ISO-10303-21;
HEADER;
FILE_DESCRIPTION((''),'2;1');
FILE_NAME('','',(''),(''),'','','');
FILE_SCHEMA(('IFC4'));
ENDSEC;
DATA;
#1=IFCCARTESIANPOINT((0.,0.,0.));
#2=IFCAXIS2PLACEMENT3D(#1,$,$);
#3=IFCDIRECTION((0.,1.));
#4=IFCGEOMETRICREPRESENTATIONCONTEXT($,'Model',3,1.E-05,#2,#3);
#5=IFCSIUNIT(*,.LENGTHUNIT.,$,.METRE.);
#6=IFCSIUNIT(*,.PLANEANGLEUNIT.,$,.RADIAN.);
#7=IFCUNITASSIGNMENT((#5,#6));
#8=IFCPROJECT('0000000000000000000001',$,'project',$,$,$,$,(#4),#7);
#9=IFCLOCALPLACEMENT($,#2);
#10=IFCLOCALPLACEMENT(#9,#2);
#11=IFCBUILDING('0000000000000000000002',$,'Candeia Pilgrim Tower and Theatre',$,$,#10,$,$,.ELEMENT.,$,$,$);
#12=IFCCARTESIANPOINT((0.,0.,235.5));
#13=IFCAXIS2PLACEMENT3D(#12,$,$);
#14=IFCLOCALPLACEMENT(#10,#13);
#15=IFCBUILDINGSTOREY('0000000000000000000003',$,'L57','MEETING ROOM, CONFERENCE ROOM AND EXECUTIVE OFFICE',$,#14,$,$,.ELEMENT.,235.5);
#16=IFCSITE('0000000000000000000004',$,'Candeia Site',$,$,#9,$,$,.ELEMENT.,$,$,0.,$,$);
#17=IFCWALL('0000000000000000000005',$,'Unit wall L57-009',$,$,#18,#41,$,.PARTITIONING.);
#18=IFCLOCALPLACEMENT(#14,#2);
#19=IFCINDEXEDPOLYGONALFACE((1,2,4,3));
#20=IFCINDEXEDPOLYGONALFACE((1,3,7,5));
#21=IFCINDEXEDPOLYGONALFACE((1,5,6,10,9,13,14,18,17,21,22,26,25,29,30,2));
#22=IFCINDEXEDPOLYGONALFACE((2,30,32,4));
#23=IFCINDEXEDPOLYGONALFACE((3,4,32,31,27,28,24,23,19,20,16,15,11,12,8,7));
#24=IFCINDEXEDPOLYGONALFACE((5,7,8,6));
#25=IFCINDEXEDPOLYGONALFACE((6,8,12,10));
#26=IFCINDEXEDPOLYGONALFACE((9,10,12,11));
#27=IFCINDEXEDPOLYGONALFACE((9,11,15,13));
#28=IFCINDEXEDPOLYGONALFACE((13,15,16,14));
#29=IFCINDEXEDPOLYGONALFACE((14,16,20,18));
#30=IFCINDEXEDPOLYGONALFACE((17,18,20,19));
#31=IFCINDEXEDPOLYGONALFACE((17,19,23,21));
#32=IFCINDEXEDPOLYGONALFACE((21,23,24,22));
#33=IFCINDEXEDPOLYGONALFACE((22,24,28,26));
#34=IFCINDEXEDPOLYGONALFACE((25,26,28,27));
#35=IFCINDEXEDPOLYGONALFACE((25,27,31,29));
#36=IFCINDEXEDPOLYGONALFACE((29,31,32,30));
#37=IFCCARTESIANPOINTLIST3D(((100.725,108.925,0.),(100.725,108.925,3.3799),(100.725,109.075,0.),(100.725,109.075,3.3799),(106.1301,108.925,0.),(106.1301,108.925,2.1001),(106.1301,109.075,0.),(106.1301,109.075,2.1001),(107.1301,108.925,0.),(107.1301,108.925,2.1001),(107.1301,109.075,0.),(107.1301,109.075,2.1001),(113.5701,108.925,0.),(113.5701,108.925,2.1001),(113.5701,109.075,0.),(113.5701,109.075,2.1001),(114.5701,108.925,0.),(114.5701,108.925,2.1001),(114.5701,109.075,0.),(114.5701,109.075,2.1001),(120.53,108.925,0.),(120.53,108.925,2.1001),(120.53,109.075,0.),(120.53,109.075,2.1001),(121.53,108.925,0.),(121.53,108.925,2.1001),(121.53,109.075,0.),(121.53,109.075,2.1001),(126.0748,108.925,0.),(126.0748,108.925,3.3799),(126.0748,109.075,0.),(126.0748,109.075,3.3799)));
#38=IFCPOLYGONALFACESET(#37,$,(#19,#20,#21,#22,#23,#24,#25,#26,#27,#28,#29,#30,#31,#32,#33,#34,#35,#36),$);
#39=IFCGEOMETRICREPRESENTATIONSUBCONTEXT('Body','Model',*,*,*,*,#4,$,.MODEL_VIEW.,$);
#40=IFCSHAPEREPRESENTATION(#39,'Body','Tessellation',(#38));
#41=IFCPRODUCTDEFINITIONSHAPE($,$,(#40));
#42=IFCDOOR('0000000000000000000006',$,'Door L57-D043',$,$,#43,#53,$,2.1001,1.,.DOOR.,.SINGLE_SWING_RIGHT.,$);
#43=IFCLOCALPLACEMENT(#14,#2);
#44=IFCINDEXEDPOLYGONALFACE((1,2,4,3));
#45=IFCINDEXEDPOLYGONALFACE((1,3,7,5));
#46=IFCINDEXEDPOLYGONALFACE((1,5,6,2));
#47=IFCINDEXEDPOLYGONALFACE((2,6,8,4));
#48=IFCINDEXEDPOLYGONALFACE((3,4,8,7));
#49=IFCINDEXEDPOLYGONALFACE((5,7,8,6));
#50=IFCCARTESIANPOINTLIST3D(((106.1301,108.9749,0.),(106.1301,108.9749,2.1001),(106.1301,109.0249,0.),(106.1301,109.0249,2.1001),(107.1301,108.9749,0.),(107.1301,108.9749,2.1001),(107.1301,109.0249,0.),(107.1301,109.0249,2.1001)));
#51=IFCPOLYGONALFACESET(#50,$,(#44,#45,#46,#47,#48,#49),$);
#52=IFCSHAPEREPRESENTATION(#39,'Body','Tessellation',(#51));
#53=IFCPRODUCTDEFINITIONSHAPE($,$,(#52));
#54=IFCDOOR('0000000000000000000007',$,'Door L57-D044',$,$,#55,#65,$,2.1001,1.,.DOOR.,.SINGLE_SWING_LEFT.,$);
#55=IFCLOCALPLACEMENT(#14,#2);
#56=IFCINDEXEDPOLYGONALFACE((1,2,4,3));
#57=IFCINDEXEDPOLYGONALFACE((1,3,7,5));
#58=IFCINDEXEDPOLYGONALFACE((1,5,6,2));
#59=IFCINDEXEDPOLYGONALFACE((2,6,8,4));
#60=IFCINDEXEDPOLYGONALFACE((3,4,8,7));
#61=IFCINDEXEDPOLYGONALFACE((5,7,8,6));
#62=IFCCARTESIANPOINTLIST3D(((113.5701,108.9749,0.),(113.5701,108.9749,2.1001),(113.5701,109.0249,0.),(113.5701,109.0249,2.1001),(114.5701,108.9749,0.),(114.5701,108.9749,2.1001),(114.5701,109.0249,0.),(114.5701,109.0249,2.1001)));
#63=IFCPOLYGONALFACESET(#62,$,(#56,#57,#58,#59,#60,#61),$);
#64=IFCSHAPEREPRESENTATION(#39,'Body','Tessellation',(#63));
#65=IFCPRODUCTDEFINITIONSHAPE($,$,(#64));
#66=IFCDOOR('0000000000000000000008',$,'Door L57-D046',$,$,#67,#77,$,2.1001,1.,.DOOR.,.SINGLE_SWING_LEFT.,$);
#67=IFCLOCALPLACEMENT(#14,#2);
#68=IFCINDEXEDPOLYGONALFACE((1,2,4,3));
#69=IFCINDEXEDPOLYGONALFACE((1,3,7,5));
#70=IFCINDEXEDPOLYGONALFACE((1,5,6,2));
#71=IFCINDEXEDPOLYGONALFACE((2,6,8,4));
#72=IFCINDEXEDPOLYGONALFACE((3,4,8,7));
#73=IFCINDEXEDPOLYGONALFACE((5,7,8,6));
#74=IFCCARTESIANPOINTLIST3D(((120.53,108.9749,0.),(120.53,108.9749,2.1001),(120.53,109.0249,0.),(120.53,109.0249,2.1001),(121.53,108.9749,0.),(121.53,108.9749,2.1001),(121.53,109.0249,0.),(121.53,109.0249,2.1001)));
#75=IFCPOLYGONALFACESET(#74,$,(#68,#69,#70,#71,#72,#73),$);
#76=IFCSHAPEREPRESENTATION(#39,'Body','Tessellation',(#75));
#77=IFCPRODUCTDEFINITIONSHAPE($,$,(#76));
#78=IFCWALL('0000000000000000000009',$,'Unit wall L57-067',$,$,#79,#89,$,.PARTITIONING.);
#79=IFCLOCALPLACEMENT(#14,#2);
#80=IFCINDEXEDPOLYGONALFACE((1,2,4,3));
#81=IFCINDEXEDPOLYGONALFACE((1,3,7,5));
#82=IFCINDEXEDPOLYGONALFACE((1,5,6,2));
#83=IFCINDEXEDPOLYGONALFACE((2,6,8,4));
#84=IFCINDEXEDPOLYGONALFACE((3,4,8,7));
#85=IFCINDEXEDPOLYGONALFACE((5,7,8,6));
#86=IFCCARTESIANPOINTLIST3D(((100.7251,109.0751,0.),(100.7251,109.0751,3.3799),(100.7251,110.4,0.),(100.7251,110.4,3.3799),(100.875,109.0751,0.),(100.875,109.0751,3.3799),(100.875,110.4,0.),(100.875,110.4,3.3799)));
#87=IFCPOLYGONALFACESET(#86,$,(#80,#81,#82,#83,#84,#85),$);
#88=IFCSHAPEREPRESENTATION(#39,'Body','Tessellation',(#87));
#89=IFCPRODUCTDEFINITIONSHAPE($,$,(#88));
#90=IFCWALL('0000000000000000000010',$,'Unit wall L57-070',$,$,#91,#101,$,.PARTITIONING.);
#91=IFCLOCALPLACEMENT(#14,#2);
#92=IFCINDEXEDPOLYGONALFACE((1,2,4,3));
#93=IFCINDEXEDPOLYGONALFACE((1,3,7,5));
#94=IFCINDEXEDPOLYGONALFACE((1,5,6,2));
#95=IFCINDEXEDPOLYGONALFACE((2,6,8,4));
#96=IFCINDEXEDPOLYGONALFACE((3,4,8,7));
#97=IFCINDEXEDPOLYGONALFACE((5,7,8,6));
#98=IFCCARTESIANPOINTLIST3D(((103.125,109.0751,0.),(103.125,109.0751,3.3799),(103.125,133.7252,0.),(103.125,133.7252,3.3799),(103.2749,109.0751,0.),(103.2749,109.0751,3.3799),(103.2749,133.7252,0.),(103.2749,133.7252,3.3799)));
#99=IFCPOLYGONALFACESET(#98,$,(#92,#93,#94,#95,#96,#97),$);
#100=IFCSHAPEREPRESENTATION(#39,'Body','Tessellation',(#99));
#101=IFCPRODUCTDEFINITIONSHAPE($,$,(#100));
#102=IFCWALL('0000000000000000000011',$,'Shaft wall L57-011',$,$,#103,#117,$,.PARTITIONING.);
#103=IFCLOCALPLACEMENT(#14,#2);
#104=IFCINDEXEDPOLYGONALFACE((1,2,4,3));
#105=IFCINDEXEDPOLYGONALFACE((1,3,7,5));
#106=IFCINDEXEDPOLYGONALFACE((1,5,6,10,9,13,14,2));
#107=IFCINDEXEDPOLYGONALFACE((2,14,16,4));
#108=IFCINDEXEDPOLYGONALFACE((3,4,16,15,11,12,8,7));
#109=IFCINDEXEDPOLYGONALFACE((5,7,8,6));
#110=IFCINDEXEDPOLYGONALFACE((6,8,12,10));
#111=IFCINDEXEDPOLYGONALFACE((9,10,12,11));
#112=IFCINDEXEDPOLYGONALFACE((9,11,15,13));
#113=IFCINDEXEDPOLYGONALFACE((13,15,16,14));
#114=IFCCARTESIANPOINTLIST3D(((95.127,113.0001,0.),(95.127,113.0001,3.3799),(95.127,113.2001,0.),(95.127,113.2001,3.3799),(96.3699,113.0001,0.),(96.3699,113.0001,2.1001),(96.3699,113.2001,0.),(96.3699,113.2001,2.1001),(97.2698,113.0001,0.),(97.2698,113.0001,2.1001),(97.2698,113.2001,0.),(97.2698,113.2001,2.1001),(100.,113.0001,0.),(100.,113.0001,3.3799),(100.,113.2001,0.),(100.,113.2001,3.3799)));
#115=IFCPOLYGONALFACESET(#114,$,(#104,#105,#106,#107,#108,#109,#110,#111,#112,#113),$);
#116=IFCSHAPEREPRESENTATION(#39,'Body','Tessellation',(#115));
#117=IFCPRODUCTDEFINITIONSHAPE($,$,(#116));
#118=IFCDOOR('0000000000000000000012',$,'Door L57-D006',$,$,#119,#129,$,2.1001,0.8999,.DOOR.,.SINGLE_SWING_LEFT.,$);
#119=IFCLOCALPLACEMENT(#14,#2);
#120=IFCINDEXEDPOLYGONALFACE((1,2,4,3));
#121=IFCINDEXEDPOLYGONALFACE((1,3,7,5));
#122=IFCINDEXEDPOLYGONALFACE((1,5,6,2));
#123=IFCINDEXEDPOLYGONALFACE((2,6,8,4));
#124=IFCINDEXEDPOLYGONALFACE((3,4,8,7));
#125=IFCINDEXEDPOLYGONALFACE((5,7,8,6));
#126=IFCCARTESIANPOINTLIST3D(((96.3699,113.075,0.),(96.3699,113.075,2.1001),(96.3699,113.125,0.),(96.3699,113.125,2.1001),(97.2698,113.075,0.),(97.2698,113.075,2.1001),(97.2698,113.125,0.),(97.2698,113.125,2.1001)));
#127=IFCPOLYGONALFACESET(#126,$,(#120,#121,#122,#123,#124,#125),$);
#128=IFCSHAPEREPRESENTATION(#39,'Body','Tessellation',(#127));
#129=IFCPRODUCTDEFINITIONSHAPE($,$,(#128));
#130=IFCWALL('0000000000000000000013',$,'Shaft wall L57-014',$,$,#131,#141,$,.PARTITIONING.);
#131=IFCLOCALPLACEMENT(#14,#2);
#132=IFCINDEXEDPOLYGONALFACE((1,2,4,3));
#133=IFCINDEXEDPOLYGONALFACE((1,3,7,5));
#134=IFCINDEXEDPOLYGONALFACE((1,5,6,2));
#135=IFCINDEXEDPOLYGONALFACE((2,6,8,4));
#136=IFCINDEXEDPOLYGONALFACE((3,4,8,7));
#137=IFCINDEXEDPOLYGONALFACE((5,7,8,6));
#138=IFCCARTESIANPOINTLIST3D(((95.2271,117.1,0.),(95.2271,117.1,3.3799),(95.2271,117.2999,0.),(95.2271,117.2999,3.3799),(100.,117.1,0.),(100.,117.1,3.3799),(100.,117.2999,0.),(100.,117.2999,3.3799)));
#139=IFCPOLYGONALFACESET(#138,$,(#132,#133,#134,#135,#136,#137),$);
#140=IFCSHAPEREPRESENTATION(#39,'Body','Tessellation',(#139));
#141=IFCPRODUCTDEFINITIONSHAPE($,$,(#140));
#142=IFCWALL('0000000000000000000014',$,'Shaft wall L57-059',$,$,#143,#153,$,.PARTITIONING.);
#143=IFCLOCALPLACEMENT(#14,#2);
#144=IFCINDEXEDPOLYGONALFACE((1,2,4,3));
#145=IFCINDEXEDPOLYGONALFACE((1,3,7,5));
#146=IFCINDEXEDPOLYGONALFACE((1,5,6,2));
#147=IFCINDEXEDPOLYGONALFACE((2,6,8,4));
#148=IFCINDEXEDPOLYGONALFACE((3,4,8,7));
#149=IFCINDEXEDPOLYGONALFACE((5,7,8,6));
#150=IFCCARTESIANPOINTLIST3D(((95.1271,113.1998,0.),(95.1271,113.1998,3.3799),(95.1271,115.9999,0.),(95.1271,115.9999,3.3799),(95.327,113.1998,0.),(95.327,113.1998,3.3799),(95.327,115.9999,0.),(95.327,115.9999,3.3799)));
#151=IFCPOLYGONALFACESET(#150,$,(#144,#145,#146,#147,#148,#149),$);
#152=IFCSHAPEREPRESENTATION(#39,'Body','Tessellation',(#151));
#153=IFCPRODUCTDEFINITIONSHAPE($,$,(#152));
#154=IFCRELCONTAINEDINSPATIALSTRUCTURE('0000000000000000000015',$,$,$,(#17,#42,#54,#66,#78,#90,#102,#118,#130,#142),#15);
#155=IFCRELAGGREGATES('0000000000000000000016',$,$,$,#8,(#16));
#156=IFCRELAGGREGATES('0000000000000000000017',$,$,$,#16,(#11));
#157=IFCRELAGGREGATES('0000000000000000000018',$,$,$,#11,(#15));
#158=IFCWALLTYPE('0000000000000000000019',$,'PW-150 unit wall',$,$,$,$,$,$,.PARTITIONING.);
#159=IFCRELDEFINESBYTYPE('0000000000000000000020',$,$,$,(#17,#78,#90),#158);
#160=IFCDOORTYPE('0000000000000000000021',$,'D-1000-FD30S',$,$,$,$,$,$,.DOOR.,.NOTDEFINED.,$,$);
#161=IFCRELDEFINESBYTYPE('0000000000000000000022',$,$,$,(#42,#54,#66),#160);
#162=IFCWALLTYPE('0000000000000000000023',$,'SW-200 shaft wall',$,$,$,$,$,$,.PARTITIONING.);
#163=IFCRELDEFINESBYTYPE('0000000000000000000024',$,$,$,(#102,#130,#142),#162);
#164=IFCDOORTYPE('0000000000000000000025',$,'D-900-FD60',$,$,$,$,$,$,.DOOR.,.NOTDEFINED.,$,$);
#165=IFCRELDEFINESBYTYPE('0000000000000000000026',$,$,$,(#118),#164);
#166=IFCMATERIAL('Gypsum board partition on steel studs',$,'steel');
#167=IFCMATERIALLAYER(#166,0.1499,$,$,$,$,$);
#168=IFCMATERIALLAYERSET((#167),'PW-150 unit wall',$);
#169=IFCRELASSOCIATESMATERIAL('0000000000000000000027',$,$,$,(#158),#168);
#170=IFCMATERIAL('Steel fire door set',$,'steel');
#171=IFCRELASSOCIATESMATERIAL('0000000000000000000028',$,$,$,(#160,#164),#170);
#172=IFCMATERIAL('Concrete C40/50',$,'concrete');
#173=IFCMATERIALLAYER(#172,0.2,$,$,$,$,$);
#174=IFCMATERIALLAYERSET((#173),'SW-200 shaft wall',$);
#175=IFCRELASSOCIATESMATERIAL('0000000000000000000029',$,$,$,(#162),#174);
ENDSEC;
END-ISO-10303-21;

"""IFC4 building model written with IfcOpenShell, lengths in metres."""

from ifc_helpers import new_model, si_unit, direction, frame, frame_2d, origin, place, context, subcontext, project, spatial, rectangle, extrude, material, layer, layer_set, type_object, element, fill, save


model = new_model("IFC4")

# Units and contexts
model_context = context("Model", 3, precision=1e-05, world=origin(), true_north=direction((0.0, 1.0)))
body_context = subcontext(model_context, "Body", "Model", "MODEL_VIEW")
ifc_project = project(units=[si_unit("LENGTHUNIT", "METRE"), si_unit("PLANEANGLEUNIT", "RADIAN")], contexts=[model_context])

# Site, building, storey
site_placement = place(None, origin())
site = spatial("IfcSite", under=ifc_project, at=site_placement, Name="Candeia Site", CompositionType="ELEMENT", RefElevation=0.0)
building_placement = place(site_placement, origin())
building = spatial("IfcBuilding", under=site, at=building_placement, Name="Candeia Pilgrim Tower and Theatre", CompositionType="ELEMENT")
storey_placement = place(building_placement, frame((0.0, 0.0, 235.5)))
storey = spatial("IfcBuildingStorey", under=building, at=storey_placement, Name="L57", Description="MEETING ROOM, CONFERENCE ROOM AND EXECUTIVE OFFICE", CompositionType="ELEMENT", Elevation=235.5)

# Shared definitions
ifc_material_1 = material(Name="Steel fire door set", Category="steel")

# Shared definitions
ifc_material_2 = material(Name="Gypsum board partition on steel studs", Category="steel")

# Wall, openings, doors
ifc_layer_1 = layer(ifc_material_2, 0.1499)
ifc_layer_set_1 = layer_set([ifc_layer_1], Name="PW-150 unit wall")
wall_type_1 = type_object("IfcWallType", Name="PW-150 unit wall", PredefinedType="PARTITIONING", material=ifc_layer_set_1)
wall_1_placement = place(storey_placement, frame((100.7251, 109.0, 0.0), z_axis=(0.0, 0.0, 1.0), x_axis=(1.0, 0.0, 0.0)))
wall_1 = element("IfcWall", 1, at=wall_1_placement, inside=storey, type_object=wall_type_1, Name="Unit wall L57-009", PredefinedType="PARTITIONING", context=body_context, shape_type="SweptSolid", body=[
    extrude(rectangle(XDim=25.3499, YDim=0.1499, at=frame_2d((12.6748, 0.0))), origin(), (0.0, 0.0, 1.0), 3.3799),
])
opening_1_placement = place(wall_1_placement, frame((5.405, 0.0, 0.0)))
opening_1 = element("IfcOpeningElement", 2, at=opening_1_placement, cuts=wall_1, PredefinedType="OPENING", context=body_context, shape_type="SweptSolid", body=[
    extrude(rectangle(XDim=1.0, YDim=2.1001, at=frame_2d((0.5, 1.05))), frame((0.0, 0.085, 0.0), z_axis=(0.0, -1.0, 0.0), x_axis=(1.0, 0.0, 0.0)), (0.0, 0.0, 1.0), 0.1699),
])
opening_2_placement = place(wall_1_placement, frame((12.845, 0.0, 0.0)))
opening_2 = element("IfcOpeningElement", 3, at=opening_2_placement, cuts=wall_1, PredefinedType="OPENING", context=body_context, shape_type="SweptSolid", body=[
    extrude(rectangle(XDim=1.0, YDim=2.1001, at=frame_2d((0.5, 1.05))), frame((0.0, 0.085, 0.0), z_axis=(0.0, -1.0, 0.0), x_axis=(1.0, 0.0, 0.0)), (0.0, 0.0, 1.0), 0.1699),
])
opening_3_placement = place(wall_1_placement, frame((19.8049, 0.0, 0.0)))
opening_3 = element("IfcOpeningElement", 4, at=opening_3_placement, cuts=wall_1, PredefinedType="OPENING", context=body_context, shape_type="SweptSolid", body=[
    extrude(rectangle(XDim=1.0, YDim=2.1001, at=frame_2d((0.5, 1.05))), frame((0.0, 0.085, 0.0), z_axis=(0.0, -1.0, 0.0), x_axis=(1.0, 0.0, 0.0)), (0.0, 0.0, 1.0), 0.1699),
])
door_type_1 = type_object("IfcDoorType", Name="D-1000-FD30S", OperationType="NOTDEFINED", PredefinedType="DOOR", material=ifc_material_1)
door_1_placement = place(opening_1_placement, origin())
door_1 = element("IfcDoor", 5, at=door_1_placement, inside=storey, type_object=door_type_1, Name="Door L57-D043", OperationType="SINGLE_SWING_RIGHT", OverallHeight=2.1001, OverallWidth=1.0, PredefinedType="DOOR", context=body_context, shape_type="SweptSolid", body=[
    extrude(rectangle(XDim=1.0, YDim=2.1001, at=frame_2d((0.5, 1.05))), frame((0.0, 0.0249, 0.0), z_axis=(0.0, -1.0, 0.0), x_axis=(1.0, 0.0, 0.0)), (0.0, 0.0, 1.0), 0.05),
])
fill(opening_1, door_1)
door_2_placement = place(opening_2_placement, origin())
door_2 = element("IfcDoor", 6, at=door_2_placement, inside=storey, type_object=door_type_1, Name="Door L57-D044", OperationType="SINGLE_SWING_LEFT", OverallHeight=2.1001, OverallWidth=1.0, PredefinedType="DOOR", context=body_context, shape_type="SweptSolid", body=[
    extrude(rectangle(XDim=1.0, YDim=2.1001, at=frame_2d((0.5, 1.05))), frame((0.0, 0.0249, 0.0), z_axis=(0.0, -1.0, 0.0), x_axis=(1.0, 0.0, 0.0)), (0.0, 0.0, 1.0), 0.05),
])
fill(opening_2, door_2)
door_3_placement = place(opening_3_placement, origin())
door_3 = element("IfcDoor", 7, at=door_3_placement, inside=storey, type_object=door_type_1, Name="Door L57-D046", OperationType="SINGLE_SWING_LEFT", OverallHeight=2.1001, OverallWidth=1.0, PredefinedType="DOOR", context=body_context, shape_type="SweptSolid", body=[
    extrude(rectangle(XDim=1.0, YDim=2.1001, at=frame_2d((0.5, 1.05))), frame((0.0, 0.0249, 0.0), z_axis=(0.0, -1.0, 0.0), x_axis=(1.0, 0.0, 0.0)), (0.0, 0.0, 1.0), 0.05),
])
fill(opening_3, door_3)

# Walls
wall_2_placement = place(storey_placement, frame((100.8, 109.075, 0.0), z_axis=(0.0, 0.0, 1.0), x_axis=(0.0, 1.0, 0.0)))
element("IfcWall", 8, at=wall_2_placement, inside=storey, type_object=wall_type_1, Name="Unit wall L57-067", PredefinedType="PARTITIONING", context=body_context, shape_type="SweptSolid", body=[
    extrude(rectangle(XDim=1.325, YDim=0.1499, at=frame_2d((0.6626, 0.0))), origin(), (0.0, 0.0, 1.0), 3.3799),
])
wall_3_placement = place(storey_placement, frame((103.2, 109.075, 0.0), z_axis=(0.0, 0.0, 1.0), x_axis=(0.0, 1.0, 0.0)))
element("IfcWall", 9, at=wall_3_placement, inside=storey, type_object=wall_type_1, Name="Unit wall L57-070", PredefinedType="PARTITIONING", context=body_context, shape_type="SweptSolid", body=[
    extrude(rectangle(XDim=24.6501, YDim=0.1499, at=frame_2d((12.3252, 0.0))), origin(), (0.0, 0.0, 1.0), 3.3799),
])

# Wall, opening, door
ifc_material_3 = material(Name="Concrete C40/50", Category="concrete")
ifc_layer_2 = layer(ifc_material_3, 0.2)
ifc_layer_set_2 = layer_set([ifc_layer_2], Name="SW-200 shaft wall")
wall_type_2 = type_object("IfcWallType", Name="SW-200 shaft wall", PredefinedType="PARTITIONING", material=ifc_layer_set_2)
wall_4_placement = place(storey_placement, frame((95.127, 113.1001, 0.0), z_axis=(0.0, 0.0, 1.0), x_axis=(1.0, 0.0, 0.0)))
wall_4 = element("IfcWall", 10, at=wall_4_placement, inside=storey, type_object=wall_type_2, Name="Shaft wall L57-011", PredefinedType="PARTITIONING", context=body_context, shape_type="SweptSolid", body=[
    extrude(rectangle(XDim=4.873, YDim=0.2, at=frame_2d((2.4365, 0.0))), origin(), (0.0, 0.0, 1.0), 3.3799),
])
opening_4_placement = place(wall_4_placement, frame((1.2429, 0.0, 0.0)))
opening_4 = element("IfcOpeningElement", 11, at=opening_4_placement, cuts=wall_4, PredefinedType="OPENING", context=body_context, shape_type="SweptSolid", body=[
    extrude(rectangle(XDim=0.8999, YDim=2.1001, at=frame_2d((0.45, 1.05))), frame((0.0, 0.1099, 0.0), z_axis=(0.0, -1.0, 0.0), x_axis=(1.0, 0.0, 0.0)), (0.0, 0.0, 1.0), 0.22),
])
door_type_2 = type_object("IfcDoorType", Name="D-900-FD60", OperationType="NOTDEFINED", PredefinedType="DOOR", material=ifc_material_1)
door_4_placement = place(opening_4_placement, origin())
door_4 = element("IfcDoor", 12, at=door_4_placement, inside=storey, type_object=door_type_2, Name="Door L57-D006", OperationType="SINGLE_SWING_LEFT", OverallHeight=2.1001, OverallWidth=0.8999, PredefinedType="DOOR", context=body_context, shape_type="SweptSolid", body=[
    extrude(rectangle(XDim=0.8999, YDim=2.1001, at=frame_2d((0.45, 1.05))), frame((0.0, 0.0249, 0.0), z_axis=(0.0, -1.0, 0.0), x_axis=(1.0, 0.0, 0.0)), (0.0, 0.0, 1.0), 0.05),
])
fill(opening_4, door_4)

# Walls
wall_5_placement = place(storey_placement, frame((95.2271, 117.2, 0.0), z_axis=(0.0, 0.0, 1.0), x_axis=(1.0, 0.0, 0.0)))
element("IfcWall", 13, at=wall_5_placement, inside=storey, type_object=wall_type_2, Name="Shaft wall L57-014", PredefinedType="PARTITIONING", context=body_context, shape_type="SweptSolid", body=[
    extrude(rectangle(XDim=4.7729, YDim=0.2, at=frame_2d((2.3865, 0.0))), origin(), (0.0, 0.0, 1.0), 3.3799),
])
wall_6_placement = place(storey_placement, frame((95.2271, 113.2, 0.0), z_axis=(0.0, 0.0, 1.0), x_axis=(0.0, 1.0, 0.0)))
element("IfcWall", 14, at=wall_6_placement, inside=storey, type_object=wall_type_2, Name="Shaft wall L57-059", PredefinedType="PARTITIONING", context=body_context, shape_type="SweptSolid", body=[
    extrude(rectangle(XDim=2.8, YDim=0.2, at=frame_2d((1.3999, 0.0))), origin(), (0.0, 0.0, 1.0), 3.3799),
])

save(model, "model.ifc")
